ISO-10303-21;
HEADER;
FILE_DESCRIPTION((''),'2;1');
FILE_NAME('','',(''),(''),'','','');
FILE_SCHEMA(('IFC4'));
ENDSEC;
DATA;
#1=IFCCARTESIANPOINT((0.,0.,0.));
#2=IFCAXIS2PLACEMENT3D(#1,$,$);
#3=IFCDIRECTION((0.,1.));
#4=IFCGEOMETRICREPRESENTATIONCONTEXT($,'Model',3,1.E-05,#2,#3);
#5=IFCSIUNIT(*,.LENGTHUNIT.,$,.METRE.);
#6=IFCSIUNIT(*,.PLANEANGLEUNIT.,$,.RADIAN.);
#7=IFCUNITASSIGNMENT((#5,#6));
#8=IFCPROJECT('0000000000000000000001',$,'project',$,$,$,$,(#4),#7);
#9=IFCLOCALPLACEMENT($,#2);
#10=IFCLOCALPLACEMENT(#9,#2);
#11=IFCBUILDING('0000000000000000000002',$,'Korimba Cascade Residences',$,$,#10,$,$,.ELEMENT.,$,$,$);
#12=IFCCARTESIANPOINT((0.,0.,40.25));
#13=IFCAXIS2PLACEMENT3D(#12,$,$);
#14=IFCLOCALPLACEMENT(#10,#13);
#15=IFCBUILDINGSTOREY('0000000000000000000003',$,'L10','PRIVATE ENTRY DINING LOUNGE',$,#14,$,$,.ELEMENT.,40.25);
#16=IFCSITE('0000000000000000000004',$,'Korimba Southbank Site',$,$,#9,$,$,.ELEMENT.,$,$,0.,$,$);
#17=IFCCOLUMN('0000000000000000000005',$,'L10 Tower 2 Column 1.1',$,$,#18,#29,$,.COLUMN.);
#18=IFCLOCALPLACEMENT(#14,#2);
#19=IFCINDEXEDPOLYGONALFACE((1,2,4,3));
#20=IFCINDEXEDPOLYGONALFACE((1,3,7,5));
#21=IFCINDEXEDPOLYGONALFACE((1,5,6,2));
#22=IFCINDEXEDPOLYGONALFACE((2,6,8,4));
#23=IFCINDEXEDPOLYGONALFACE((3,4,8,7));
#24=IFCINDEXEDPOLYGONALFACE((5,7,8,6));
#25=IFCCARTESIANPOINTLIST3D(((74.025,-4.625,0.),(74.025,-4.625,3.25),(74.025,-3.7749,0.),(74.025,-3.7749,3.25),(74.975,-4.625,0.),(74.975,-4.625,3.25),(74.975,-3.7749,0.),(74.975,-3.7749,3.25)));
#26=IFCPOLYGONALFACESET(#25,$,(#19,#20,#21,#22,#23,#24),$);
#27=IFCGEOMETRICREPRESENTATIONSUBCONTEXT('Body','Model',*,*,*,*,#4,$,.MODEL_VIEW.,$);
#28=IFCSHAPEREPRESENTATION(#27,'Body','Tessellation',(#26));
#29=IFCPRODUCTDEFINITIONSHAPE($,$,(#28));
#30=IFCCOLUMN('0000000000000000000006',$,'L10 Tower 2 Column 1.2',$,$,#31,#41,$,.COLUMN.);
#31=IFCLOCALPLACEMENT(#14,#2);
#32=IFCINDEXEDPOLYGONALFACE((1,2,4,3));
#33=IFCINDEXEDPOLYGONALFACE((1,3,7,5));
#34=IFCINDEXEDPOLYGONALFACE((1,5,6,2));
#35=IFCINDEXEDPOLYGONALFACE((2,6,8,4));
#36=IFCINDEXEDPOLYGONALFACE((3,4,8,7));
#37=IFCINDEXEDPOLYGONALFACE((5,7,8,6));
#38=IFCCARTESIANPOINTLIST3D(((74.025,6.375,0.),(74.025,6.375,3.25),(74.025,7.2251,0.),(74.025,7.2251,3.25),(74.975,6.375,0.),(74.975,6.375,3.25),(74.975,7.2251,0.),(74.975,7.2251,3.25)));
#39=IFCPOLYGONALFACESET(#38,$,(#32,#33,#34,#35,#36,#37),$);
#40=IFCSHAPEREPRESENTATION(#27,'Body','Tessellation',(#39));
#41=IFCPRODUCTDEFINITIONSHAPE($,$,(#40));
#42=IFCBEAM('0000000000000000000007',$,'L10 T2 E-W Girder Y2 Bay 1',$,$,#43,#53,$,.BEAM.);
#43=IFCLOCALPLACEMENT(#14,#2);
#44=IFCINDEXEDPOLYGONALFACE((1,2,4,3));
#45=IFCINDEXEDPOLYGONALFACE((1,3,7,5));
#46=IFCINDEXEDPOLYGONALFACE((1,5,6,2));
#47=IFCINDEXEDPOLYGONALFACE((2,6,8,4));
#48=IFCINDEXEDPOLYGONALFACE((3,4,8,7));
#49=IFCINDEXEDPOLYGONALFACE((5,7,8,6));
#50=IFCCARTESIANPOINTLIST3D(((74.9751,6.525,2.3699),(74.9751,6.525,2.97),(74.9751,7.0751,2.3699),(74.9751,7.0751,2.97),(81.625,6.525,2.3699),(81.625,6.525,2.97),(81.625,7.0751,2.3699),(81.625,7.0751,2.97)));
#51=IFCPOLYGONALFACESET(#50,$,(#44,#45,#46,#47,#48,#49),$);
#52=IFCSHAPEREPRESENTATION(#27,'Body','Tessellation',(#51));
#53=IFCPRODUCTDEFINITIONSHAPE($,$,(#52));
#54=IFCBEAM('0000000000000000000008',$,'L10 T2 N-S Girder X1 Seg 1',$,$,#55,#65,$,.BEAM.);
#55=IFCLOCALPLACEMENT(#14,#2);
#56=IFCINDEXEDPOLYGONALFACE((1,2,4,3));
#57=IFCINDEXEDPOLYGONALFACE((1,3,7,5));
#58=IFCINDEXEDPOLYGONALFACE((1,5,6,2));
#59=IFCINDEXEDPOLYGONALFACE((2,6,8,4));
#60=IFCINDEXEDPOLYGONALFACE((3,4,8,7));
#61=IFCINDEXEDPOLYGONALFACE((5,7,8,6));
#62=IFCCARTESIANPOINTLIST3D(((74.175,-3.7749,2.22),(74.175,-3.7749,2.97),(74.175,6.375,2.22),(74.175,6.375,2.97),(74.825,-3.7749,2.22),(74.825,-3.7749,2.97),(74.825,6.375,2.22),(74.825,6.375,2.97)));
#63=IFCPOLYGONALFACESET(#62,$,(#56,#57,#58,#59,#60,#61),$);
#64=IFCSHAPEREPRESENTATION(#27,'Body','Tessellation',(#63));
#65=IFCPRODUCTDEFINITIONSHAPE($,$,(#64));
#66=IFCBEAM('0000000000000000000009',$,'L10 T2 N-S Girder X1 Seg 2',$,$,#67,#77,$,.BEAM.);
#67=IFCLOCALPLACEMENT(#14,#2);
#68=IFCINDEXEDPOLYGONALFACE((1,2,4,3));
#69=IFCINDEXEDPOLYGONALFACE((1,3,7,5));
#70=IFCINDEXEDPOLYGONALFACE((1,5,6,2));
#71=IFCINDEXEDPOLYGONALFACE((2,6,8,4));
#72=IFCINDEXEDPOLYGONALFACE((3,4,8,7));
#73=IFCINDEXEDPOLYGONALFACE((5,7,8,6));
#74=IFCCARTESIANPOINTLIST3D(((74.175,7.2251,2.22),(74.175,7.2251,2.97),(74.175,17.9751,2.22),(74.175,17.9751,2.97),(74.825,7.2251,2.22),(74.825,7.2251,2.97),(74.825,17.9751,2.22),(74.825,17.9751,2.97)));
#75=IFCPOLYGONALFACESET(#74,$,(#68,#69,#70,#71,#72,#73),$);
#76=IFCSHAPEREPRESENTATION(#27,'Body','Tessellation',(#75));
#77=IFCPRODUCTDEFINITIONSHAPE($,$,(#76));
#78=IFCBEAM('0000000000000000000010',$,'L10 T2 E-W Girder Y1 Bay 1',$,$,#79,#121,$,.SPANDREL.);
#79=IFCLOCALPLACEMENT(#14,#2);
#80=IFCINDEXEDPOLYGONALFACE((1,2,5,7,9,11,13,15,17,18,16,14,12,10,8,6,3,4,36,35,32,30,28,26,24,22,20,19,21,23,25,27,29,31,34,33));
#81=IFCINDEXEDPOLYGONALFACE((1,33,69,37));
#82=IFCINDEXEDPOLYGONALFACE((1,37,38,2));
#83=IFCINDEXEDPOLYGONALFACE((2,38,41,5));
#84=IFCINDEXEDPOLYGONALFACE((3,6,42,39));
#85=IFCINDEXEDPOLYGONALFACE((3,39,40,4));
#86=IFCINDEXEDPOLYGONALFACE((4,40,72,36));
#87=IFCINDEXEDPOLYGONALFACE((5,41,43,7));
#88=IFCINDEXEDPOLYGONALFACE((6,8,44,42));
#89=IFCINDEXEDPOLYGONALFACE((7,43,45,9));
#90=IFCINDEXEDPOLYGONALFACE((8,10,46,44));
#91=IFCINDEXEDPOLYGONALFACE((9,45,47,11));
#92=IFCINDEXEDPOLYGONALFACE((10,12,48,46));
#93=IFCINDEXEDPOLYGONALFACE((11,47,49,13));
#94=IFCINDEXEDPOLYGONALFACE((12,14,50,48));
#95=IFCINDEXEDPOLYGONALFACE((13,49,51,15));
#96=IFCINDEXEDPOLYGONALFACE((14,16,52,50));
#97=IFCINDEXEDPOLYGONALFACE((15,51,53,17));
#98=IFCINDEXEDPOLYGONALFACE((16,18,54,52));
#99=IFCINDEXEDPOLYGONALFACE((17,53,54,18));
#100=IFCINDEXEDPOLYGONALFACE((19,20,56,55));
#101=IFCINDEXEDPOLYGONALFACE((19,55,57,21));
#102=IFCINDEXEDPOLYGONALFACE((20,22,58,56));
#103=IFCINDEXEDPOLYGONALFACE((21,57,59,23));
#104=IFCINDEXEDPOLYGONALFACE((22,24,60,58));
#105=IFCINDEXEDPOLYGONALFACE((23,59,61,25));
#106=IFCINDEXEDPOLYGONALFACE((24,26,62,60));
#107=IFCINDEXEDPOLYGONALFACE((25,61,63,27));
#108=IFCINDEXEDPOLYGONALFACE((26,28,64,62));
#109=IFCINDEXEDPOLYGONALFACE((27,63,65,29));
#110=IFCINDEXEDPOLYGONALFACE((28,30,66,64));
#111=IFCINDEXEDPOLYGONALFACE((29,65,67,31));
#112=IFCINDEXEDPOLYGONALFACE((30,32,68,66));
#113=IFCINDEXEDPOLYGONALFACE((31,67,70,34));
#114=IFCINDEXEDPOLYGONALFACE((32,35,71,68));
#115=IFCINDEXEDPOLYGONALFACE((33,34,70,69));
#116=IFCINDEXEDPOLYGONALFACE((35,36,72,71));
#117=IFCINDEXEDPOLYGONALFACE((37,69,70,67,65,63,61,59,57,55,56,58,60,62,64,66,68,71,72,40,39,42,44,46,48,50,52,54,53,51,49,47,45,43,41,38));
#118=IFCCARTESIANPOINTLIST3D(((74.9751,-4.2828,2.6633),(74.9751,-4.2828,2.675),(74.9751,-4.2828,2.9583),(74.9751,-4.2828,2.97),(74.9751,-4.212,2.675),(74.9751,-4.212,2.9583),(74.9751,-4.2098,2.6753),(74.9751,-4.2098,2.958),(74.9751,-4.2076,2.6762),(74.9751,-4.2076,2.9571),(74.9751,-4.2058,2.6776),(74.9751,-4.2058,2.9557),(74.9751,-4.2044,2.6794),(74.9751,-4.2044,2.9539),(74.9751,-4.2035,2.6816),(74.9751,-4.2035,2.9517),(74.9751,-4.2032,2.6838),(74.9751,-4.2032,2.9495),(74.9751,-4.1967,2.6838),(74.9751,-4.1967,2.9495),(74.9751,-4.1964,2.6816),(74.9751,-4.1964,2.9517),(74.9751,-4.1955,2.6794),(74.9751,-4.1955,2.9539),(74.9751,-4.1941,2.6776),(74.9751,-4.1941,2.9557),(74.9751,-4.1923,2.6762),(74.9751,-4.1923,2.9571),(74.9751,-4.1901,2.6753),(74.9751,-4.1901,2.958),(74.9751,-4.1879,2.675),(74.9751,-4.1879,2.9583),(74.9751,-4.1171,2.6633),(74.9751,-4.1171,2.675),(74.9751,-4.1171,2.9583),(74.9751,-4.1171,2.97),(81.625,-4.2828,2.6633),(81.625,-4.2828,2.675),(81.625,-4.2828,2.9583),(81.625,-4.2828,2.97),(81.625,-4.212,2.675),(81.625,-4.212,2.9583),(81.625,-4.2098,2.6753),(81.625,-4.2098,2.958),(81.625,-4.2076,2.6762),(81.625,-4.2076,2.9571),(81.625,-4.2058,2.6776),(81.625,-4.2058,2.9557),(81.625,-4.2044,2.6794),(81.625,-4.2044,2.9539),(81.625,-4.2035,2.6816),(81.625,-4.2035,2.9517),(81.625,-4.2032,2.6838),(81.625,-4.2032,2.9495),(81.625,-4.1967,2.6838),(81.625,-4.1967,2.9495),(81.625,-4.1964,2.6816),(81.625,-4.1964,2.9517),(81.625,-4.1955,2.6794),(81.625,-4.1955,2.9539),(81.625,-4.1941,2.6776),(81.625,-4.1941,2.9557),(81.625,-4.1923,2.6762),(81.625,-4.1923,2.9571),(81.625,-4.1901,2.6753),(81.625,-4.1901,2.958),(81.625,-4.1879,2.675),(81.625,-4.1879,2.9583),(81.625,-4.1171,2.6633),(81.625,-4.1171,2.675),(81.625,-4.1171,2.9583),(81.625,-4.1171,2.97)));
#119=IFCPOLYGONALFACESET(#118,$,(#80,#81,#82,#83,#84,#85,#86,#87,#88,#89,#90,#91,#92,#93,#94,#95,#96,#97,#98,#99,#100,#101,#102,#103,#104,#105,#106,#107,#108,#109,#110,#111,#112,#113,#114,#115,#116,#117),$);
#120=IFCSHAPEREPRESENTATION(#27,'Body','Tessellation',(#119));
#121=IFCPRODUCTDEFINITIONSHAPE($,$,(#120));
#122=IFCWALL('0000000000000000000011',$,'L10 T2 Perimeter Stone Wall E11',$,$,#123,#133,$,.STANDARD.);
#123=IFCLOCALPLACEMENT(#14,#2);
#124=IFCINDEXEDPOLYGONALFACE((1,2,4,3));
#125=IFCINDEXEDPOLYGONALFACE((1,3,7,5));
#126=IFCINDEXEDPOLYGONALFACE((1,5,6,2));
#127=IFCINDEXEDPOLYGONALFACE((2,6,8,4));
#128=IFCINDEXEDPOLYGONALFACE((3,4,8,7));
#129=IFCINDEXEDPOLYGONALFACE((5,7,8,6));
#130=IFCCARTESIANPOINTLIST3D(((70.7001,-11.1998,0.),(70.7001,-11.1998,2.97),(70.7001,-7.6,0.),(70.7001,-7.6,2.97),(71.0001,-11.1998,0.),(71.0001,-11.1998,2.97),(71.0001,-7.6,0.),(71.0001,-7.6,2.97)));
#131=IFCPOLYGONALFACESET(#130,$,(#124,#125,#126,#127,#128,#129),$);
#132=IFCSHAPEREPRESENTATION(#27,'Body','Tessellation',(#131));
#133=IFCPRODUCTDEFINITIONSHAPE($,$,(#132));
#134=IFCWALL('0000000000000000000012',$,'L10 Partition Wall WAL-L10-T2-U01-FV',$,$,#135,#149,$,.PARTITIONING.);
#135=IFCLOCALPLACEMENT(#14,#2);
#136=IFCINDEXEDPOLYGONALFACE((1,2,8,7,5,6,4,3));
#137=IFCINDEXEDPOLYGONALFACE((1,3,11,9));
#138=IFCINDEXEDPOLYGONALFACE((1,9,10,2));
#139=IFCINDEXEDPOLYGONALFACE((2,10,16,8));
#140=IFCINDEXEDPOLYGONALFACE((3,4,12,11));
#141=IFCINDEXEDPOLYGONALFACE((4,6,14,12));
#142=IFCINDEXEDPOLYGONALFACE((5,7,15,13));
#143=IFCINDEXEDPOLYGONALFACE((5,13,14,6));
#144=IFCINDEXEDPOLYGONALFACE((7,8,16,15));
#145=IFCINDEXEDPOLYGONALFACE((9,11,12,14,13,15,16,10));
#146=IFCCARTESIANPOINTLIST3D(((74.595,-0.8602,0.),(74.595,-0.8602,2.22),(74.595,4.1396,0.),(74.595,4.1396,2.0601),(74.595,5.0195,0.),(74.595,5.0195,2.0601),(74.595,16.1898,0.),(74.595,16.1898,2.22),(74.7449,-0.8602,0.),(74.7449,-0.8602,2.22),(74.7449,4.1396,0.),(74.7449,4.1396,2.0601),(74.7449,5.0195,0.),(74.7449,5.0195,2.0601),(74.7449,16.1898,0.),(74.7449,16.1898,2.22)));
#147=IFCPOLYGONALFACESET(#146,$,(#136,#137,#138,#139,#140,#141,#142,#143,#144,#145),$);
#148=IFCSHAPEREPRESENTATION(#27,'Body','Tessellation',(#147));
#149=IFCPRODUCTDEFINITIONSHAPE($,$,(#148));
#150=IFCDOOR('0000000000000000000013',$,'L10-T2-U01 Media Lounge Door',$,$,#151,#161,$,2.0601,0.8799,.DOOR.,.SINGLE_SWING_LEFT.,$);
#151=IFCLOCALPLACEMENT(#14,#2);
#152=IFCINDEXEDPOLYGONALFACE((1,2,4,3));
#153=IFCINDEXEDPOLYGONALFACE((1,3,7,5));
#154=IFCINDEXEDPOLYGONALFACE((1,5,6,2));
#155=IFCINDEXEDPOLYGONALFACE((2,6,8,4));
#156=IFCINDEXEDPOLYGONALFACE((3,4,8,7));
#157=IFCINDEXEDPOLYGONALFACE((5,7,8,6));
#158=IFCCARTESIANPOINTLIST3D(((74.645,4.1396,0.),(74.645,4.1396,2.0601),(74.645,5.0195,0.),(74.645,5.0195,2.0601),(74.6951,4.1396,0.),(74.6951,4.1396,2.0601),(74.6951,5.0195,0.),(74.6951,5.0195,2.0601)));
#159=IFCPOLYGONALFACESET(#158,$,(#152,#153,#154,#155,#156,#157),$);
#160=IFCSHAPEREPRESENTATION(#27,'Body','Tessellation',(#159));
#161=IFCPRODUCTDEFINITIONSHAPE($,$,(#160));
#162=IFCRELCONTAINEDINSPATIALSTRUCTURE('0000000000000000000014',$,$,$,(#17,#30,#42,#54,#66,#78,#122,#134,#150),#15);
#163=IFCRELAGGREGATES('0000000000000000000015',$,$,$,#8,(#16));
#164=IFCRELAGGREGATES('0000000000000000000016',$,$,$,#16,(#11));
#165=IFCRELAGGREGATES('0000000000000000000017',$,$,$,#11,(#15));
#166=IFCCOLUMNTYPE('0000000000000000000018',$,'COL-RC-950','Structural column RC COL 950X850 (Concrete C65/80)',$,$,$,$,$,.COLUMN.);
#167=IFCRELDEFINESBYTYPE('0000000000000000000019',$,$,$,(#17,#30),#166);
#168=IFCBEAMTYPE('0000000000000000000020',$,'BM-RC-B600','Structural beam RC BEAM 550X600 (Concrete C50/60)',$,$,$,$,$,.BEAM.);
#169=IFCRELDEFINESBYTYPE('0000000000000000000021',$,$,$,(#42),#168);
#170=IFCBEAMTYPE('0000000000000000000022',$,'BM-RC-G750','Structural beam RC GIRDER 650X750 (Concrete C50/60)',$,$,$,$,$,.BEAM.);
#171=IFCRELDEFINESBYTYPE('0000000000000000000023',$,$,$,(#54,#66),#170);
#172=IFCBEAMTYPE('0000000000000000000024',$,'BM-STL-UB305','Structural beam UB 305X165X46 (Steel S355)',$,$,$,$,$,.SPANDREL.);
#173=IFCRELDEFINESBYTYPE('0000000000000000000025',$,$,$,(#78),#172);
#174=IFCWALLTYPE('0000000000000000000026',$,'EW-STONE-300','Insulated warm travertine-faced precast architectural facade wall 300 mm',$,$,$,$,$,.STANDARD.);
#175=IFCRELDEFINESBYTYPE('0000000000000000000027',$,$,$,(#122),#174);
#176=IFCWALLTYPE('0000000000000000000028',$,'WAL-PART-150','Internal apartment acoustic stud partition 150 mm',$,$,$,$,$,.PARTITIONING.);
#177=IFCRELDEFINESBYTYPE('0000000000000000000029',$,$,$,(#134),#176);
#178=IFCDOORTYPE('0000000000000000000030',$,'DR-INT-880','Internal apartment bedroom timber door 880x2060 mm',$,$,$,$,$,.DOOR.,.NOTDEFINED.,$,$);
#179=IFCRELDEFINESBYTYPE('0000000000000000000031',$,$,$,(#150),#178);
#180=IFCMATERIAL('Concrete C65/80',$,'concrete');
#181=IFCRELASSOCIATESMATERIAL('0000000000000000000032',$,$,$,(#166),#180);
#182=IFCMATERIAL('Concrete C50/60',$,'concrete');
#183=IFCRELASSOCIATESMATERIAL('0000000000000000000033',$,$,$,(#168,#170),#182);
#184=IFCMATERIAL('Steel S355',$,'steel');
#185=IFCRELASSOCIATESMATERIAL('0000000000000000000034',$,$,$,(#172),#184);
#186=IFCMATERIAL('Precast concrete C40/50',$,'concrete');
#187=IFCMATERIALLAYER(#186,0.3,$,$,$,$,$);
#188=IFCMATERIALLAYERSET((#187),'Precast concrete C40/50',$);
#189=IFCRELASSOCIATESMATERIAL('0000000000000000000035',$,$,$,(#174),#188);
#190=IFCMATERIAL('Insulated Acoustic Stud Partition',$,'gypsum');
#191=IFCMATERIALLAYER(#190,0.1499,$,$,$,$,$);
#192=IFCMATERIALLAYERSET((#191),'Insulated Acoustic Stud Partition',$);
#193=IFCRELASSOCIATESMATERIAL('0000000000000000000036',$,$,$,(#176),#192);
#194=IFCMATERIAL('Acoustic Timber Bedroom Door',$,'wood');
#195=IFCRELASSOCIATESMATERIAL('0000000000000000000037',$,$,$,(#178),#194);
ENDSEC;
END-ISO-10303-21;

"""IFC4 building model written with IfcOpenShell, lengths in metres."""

from ifc_helpers import new_model, si_unit, direction, frame, frame_2d, origin, origin_2d, place, context, subcontext, project, spatial, rectangle, i_section, extrude, material, layer, layer_set, material_profile, profile_set, type_object, element, fill, save


model = new_model("IFC4")

# Units and contexts
model_context = context("Model", 3, precision=1e-05, world=origin(), true_north=direction((0.0, 1.0)))
body_context = subcontext(model_context, "Body", "Model", "MODEL_VIEW")
ifc_project = project(units=[si_unit("LENGTHUNIT", "METRE"), si_unit("PLANEANGLEUNIT", "RADIAN")], contexts=[model_context])

# Site, building, storey
site_placement = place(None, origin())
site = spatial("IfcSite", under=ifc_project, at=site_placement, Name="Korimba Southbank Site", CompositionType="ELEMENT", RefElevation=0.0)
building_placement = place(site_placement, origin())
building = spatial("IfcBuilding", under=site, at=building_placement, Name="Korimba Cascade Residences", CompositionType="ELEMENT")
storey_placement = place(building_placement, frame((0.0, 0.0, 40.25)))
storey = spatial("IfcBuildingStorey", under=building, at=storey_placement, Name="L10", Description="PRIVATE ENTRY DINING LOUNGE", CompositionType="ELEMENT", Elevation=40.25)

# Columns
ifc_material_1 = material(Name="Concrete C65/80", Category="concrete")
ifc_material_profile_1 = material_profile(ifc_material_1, rectangle(XDim=0.95, YDim=0.8501, at=origin_2d()), Name="Concrete C65/80")
ifc_profile_set_1 = profile_set([ifc_material_profile_1], Name="Concrete C65/80")
column_type = type_object("IfcColumnType", Name="COL-RC-950", Description="Structural column RC COL 950X850 (Concrete C65/80)", PredefinedType="COLUMN", material=ifc_profile_set_1)
for number, where, z_axis, x_axis, name in (
    (1, (74.5, -4.2, 0.0), (0.0, 0.0, 1.0), (1.0, 0.0, 0.0), "L10 Tower 2 Column 1.1"),
    (2, (74.5, 6.8, 0.0), (0.0, 0.0, 1.0), (1.0, 0.0, 0.0), "L10 Tower 2 Column 1.2"),
):
    element("IfcColumn", number, at=place(storey_placement, frame(where, z_axis=z_axis, x_axis=x_axis)), inside=storey, type_object=column_type, Name=name, PredefinedType="COLUMN", context=body_context, shape_type="SweptSolid", body=[
        extrude(rectangle(XDim=0.95, YDim=0.8501, at=origin_2d()), origin(), (0.0, 0.0, 1.0), 3.25),
    ])

# Beams
ifc_material_2 = material(Name="Concrete C50/60", Category="concrete")
ifc_material_profile_2 = material_profile(ifc_material_2, rectangle(XDim=0.55, YDim=0.6001, at=origin_2d()), Name="Concrete C50/60")
ifc_profile_set_2 = profile_set([ifc_material_profile_2], Name="Concrete C50/60")
beam_type_1 = type_object("IfcBeamType", Name="BM-RC-B600", Description="Structural beam RC BEAM 550X600 (Concrete C50/60)", PredefinedType="BEAM", material=ifc_profile_set_2)
beam_1_placement = place(storey_placement, frame((74.9751, 6.8, 2.6699), z_axis=(1.0, 0.0, 0.0), x_axis=(0.0, 1.0, 0.0)))
element("IfcBeam", 3, at=beam_1_placement, inside=storey, type_object=beam_type_1, Name="L10 T2 E-W Girder Y2 Bay 1", PredefinedType="BEAM", context=body_context, shape_type="SweptSolid", body=[
    extrude(rectangle(XDim=0.55, YDim=0.6001, at=origin_2d()), origin(), (0.0, 0.0, 1.0), 6.6499),
])
ifc_material_profile_3 = material_profile(ifc_material_2, rectangle(XDim=0.6499, YDim=0.75, at=origin_2d()), Name="Concrete C50/60")
ifc_profile_set_3 = profile_set([ifc_material_profile_3], Name="Concrete C50/60")
beam_type_2 = type_object("IfcBeamType", Name="BM-RC-G750", Description="Structural beam RC GIRDER 650X750 (Concrete C50/60)", PredefinedType="BEAM", material=ifc_profile_set_3)
beam_2_placement = place(storey_placement, frame((74.5, -3.7749, 2.595), z_axis=(0.0, 1.0, 0.0), x_axis=(-1.0, 0.0, 0.0)))
element("IfcBeam", 4, at=beam_2_placement, inside=storey, type_object=beam_type_2, Name="L10 T2 N-S Girder X1 Seg 1", PredefinedType="BEAM", context=body_context, shape_type="SweptSolid", body=[
    extrude(rectangle(XDim=0.6499, YDim=0.75, at=origin_2d()), origin(), (0.0, 0.0, 1.0), 10.1499),
])
beam_3_placement = place(storey_placement, frame((74.5, 7.2251, 2.595), z_axis=(0.0, 1.0, 0.0), x_axis=(-1.0, 0.0, 0.0)))
element("IfcBeam", 5, at=beam_3_placement, inside=storey, type_object=beam_type_2, Name="L10 T2 N-S Girder X1 Seg 2", PredefinedType="BEAM", context=body_context, shape_type="SweptSolid", body=[
    extrude(rectangle(XDim=0.6499, YDim=0.75, at=origin_2d()), origin(), (0.0, 0.0, 1.0), 10.75),
])
ifc_material_3 = material(Name="Steel S355", Category="steel")
ifc_material_profile_4 = material_profile(ifc_material_3, i_section(OverallWidth=0.1658, OverallDepth=0.3066, WebThickness=0.0066, FlangeThickness=0.0117, FilletRadius=0.0088, at=origin_2d()), Name="Steel S355")
ifc_profile_set_4 = profile_set([ifc_material_profile_4], Name="Steel S355")
beam_type_3 = type_object("IfcBeamType", Name="BM-STL-UB305", Description="Structural beam UB 305X165X46 (Steel S355)", PredefinedType="SPANDREL", material=ifc_profile_set_4)
beam_4_placement = place(storey_placement, frame((74.9751, -4.2, 2.8167), z_axis=(1.0, 0.0, 0.0), x_axis=(0.0, 1.0, 0.0)))
element("IfcBeam", 6, at=beam_4_placement, inside=storey, type_object=beam_type_3, Name="L10 T2 E-W Girder Y1 Bay 1", PredefinedType="SPANDREL", context=body_context, shape_type="SweptSolid", body=[
    extrude(i_section(OverallWidth=0.1658, OverallDepth=0.3066, WebThickness=0.0066, FlangeThickness=0.0117, FilletRadius=0.0088, at=origin_2d()), origin(), (0.0, 0.0, 1.0), 6.6499),
])

# Wall
ifc_material_4 = material(Name="Precast concrete C40/50", Category="concrete")
ifc_layer_1 = layer(ifc_material_4, 0.3)
ifc_layer_set_1 = layer_set([ifc_layer_1], Name="Precast concrete C40/50")
wall_type_1 = type_object("IfcWallType", Name="EW-STONE-300", Description="Insulated warm travertine-faced precast architectural facade wall 300 mm", PredefinedType="STANDARD", material=ifc_layer_set_1)
wall_1_placement = place(storey_placement, frame((70.8501, -7.6001, 0.0), z_axis=(0.0, 0.0, 1.0), x_axis=(0.0, -1.0, 0.0)))
element("IfcWall", 7, at=wall_1_placement, inside=storey, type_object=wall_type_1, Name="L10 T2 Perimeter Stone Wall E11", PredefinedType="STANDARD", context=body_context, shape_type="SweptSolid", body=[
    extrude(rectangle(XDim=3.5999, YDim=0.3, at=frame_2d((1.7998, 0.0))), origin(), (0.0, 0.0, 1.0), 2.97),
])

# Wall, opening, door
ifc_material_5 = material(Name="Insulated Acoustic Stud Partition", Category="gypsum")
ifc_layer_2 = layer(ifc_material_5, 0.1499)
ifc_layer_set_2 = layer_set([ifc_layer_2], Name="Insulated Acoustic Stud Partition")
wall_type_2 = type_object("IfcWallType", Name="WAL-PART-150", Description="Internal apartment acoustic stud partition 150 mm", PredefinedType="PARTITIONING", material=ifc_layer_set_2)
wall_2_placement = place(storey_placement, frame((74.6699, -0.8601, 0.0), z_axis=(0.0, 0.0, 1.0), x_axis=(0.0, 1.0, 0.0)))
wall_2 = element("IfcWall", 8, at=wall_2_placement, inside=storey, type_object=wall_type_2, Name="L10 Partition Wall WAL-L10-T2-U01-FV", PredefinedType="PARTITIONING", context=body_context, shape_type="SweptSolid", body=[
    extrude(rectangle(XDim=17.05, YDim=0.1499, at=frame_2d((8.5249, 0.0))), origin(), (0.0, 0.0, 1.0), 2.22),
])
opening_1_placement = place(wall_2_placement, frame((4.9998, 0.0, 0.0)))
opening_1 = element("IfcOpeningElement", 9, at=opening_1_placement, cuts=wall_2, PredefinedType="OPENING", context=body_context, shape_type="SweptSolid", body=[
    extrude(rectangle(XDim=0.8799, YDim=2.0601, at=frame_2d((0.4399, 1.03))), frame((0.0, 0.085, 0.0), z_axis=(0.0, -1.0, 0.0), x_axis=(1.0, 0.0, 0.0)), (0.0, 0.0, 1.0), 0.1699),
])
ifc_material_6 = material(Name="Acoustic Timber Bedroom Door", Category="wood")
door_type_1 = type_object("IfcDoorType", Name="DR-INT-880", Description="Internal apartment bedroom timber door 880x2060 mm", OperationType="NOTDEFINED", PredefinedType="DOOR", material=ifc_material_6)
door_1_placement = place(opening_1_placement, origin())
door_1 = element("IfcDoor", 10, at=door_1_placement, inside=storey, type_object=door_type_1, Name="L10-T2-U01 Media Lounge Door", OperationType="SINGLE_SWING_LEFT", OverallHeight=2.0601, OverallWidth=0.8799, PredefinedType="DOOR", context=body_context, shape_type="SweptSolid", body=[
    extrude(rectangle(XDim=0.8799, YDim=2.0601, at=frame_2d((0.4399, 1.03))), frame((0.0, 0.0249, 0.0), z_axis=(0.0, -1.0, 0.0), x_axis=(1.0, 0.0, 0.0)), (0.0, 0.0, 1.0), 0.05),
])
fill(opening_1, door_1)

save(model, "model.ifc")
